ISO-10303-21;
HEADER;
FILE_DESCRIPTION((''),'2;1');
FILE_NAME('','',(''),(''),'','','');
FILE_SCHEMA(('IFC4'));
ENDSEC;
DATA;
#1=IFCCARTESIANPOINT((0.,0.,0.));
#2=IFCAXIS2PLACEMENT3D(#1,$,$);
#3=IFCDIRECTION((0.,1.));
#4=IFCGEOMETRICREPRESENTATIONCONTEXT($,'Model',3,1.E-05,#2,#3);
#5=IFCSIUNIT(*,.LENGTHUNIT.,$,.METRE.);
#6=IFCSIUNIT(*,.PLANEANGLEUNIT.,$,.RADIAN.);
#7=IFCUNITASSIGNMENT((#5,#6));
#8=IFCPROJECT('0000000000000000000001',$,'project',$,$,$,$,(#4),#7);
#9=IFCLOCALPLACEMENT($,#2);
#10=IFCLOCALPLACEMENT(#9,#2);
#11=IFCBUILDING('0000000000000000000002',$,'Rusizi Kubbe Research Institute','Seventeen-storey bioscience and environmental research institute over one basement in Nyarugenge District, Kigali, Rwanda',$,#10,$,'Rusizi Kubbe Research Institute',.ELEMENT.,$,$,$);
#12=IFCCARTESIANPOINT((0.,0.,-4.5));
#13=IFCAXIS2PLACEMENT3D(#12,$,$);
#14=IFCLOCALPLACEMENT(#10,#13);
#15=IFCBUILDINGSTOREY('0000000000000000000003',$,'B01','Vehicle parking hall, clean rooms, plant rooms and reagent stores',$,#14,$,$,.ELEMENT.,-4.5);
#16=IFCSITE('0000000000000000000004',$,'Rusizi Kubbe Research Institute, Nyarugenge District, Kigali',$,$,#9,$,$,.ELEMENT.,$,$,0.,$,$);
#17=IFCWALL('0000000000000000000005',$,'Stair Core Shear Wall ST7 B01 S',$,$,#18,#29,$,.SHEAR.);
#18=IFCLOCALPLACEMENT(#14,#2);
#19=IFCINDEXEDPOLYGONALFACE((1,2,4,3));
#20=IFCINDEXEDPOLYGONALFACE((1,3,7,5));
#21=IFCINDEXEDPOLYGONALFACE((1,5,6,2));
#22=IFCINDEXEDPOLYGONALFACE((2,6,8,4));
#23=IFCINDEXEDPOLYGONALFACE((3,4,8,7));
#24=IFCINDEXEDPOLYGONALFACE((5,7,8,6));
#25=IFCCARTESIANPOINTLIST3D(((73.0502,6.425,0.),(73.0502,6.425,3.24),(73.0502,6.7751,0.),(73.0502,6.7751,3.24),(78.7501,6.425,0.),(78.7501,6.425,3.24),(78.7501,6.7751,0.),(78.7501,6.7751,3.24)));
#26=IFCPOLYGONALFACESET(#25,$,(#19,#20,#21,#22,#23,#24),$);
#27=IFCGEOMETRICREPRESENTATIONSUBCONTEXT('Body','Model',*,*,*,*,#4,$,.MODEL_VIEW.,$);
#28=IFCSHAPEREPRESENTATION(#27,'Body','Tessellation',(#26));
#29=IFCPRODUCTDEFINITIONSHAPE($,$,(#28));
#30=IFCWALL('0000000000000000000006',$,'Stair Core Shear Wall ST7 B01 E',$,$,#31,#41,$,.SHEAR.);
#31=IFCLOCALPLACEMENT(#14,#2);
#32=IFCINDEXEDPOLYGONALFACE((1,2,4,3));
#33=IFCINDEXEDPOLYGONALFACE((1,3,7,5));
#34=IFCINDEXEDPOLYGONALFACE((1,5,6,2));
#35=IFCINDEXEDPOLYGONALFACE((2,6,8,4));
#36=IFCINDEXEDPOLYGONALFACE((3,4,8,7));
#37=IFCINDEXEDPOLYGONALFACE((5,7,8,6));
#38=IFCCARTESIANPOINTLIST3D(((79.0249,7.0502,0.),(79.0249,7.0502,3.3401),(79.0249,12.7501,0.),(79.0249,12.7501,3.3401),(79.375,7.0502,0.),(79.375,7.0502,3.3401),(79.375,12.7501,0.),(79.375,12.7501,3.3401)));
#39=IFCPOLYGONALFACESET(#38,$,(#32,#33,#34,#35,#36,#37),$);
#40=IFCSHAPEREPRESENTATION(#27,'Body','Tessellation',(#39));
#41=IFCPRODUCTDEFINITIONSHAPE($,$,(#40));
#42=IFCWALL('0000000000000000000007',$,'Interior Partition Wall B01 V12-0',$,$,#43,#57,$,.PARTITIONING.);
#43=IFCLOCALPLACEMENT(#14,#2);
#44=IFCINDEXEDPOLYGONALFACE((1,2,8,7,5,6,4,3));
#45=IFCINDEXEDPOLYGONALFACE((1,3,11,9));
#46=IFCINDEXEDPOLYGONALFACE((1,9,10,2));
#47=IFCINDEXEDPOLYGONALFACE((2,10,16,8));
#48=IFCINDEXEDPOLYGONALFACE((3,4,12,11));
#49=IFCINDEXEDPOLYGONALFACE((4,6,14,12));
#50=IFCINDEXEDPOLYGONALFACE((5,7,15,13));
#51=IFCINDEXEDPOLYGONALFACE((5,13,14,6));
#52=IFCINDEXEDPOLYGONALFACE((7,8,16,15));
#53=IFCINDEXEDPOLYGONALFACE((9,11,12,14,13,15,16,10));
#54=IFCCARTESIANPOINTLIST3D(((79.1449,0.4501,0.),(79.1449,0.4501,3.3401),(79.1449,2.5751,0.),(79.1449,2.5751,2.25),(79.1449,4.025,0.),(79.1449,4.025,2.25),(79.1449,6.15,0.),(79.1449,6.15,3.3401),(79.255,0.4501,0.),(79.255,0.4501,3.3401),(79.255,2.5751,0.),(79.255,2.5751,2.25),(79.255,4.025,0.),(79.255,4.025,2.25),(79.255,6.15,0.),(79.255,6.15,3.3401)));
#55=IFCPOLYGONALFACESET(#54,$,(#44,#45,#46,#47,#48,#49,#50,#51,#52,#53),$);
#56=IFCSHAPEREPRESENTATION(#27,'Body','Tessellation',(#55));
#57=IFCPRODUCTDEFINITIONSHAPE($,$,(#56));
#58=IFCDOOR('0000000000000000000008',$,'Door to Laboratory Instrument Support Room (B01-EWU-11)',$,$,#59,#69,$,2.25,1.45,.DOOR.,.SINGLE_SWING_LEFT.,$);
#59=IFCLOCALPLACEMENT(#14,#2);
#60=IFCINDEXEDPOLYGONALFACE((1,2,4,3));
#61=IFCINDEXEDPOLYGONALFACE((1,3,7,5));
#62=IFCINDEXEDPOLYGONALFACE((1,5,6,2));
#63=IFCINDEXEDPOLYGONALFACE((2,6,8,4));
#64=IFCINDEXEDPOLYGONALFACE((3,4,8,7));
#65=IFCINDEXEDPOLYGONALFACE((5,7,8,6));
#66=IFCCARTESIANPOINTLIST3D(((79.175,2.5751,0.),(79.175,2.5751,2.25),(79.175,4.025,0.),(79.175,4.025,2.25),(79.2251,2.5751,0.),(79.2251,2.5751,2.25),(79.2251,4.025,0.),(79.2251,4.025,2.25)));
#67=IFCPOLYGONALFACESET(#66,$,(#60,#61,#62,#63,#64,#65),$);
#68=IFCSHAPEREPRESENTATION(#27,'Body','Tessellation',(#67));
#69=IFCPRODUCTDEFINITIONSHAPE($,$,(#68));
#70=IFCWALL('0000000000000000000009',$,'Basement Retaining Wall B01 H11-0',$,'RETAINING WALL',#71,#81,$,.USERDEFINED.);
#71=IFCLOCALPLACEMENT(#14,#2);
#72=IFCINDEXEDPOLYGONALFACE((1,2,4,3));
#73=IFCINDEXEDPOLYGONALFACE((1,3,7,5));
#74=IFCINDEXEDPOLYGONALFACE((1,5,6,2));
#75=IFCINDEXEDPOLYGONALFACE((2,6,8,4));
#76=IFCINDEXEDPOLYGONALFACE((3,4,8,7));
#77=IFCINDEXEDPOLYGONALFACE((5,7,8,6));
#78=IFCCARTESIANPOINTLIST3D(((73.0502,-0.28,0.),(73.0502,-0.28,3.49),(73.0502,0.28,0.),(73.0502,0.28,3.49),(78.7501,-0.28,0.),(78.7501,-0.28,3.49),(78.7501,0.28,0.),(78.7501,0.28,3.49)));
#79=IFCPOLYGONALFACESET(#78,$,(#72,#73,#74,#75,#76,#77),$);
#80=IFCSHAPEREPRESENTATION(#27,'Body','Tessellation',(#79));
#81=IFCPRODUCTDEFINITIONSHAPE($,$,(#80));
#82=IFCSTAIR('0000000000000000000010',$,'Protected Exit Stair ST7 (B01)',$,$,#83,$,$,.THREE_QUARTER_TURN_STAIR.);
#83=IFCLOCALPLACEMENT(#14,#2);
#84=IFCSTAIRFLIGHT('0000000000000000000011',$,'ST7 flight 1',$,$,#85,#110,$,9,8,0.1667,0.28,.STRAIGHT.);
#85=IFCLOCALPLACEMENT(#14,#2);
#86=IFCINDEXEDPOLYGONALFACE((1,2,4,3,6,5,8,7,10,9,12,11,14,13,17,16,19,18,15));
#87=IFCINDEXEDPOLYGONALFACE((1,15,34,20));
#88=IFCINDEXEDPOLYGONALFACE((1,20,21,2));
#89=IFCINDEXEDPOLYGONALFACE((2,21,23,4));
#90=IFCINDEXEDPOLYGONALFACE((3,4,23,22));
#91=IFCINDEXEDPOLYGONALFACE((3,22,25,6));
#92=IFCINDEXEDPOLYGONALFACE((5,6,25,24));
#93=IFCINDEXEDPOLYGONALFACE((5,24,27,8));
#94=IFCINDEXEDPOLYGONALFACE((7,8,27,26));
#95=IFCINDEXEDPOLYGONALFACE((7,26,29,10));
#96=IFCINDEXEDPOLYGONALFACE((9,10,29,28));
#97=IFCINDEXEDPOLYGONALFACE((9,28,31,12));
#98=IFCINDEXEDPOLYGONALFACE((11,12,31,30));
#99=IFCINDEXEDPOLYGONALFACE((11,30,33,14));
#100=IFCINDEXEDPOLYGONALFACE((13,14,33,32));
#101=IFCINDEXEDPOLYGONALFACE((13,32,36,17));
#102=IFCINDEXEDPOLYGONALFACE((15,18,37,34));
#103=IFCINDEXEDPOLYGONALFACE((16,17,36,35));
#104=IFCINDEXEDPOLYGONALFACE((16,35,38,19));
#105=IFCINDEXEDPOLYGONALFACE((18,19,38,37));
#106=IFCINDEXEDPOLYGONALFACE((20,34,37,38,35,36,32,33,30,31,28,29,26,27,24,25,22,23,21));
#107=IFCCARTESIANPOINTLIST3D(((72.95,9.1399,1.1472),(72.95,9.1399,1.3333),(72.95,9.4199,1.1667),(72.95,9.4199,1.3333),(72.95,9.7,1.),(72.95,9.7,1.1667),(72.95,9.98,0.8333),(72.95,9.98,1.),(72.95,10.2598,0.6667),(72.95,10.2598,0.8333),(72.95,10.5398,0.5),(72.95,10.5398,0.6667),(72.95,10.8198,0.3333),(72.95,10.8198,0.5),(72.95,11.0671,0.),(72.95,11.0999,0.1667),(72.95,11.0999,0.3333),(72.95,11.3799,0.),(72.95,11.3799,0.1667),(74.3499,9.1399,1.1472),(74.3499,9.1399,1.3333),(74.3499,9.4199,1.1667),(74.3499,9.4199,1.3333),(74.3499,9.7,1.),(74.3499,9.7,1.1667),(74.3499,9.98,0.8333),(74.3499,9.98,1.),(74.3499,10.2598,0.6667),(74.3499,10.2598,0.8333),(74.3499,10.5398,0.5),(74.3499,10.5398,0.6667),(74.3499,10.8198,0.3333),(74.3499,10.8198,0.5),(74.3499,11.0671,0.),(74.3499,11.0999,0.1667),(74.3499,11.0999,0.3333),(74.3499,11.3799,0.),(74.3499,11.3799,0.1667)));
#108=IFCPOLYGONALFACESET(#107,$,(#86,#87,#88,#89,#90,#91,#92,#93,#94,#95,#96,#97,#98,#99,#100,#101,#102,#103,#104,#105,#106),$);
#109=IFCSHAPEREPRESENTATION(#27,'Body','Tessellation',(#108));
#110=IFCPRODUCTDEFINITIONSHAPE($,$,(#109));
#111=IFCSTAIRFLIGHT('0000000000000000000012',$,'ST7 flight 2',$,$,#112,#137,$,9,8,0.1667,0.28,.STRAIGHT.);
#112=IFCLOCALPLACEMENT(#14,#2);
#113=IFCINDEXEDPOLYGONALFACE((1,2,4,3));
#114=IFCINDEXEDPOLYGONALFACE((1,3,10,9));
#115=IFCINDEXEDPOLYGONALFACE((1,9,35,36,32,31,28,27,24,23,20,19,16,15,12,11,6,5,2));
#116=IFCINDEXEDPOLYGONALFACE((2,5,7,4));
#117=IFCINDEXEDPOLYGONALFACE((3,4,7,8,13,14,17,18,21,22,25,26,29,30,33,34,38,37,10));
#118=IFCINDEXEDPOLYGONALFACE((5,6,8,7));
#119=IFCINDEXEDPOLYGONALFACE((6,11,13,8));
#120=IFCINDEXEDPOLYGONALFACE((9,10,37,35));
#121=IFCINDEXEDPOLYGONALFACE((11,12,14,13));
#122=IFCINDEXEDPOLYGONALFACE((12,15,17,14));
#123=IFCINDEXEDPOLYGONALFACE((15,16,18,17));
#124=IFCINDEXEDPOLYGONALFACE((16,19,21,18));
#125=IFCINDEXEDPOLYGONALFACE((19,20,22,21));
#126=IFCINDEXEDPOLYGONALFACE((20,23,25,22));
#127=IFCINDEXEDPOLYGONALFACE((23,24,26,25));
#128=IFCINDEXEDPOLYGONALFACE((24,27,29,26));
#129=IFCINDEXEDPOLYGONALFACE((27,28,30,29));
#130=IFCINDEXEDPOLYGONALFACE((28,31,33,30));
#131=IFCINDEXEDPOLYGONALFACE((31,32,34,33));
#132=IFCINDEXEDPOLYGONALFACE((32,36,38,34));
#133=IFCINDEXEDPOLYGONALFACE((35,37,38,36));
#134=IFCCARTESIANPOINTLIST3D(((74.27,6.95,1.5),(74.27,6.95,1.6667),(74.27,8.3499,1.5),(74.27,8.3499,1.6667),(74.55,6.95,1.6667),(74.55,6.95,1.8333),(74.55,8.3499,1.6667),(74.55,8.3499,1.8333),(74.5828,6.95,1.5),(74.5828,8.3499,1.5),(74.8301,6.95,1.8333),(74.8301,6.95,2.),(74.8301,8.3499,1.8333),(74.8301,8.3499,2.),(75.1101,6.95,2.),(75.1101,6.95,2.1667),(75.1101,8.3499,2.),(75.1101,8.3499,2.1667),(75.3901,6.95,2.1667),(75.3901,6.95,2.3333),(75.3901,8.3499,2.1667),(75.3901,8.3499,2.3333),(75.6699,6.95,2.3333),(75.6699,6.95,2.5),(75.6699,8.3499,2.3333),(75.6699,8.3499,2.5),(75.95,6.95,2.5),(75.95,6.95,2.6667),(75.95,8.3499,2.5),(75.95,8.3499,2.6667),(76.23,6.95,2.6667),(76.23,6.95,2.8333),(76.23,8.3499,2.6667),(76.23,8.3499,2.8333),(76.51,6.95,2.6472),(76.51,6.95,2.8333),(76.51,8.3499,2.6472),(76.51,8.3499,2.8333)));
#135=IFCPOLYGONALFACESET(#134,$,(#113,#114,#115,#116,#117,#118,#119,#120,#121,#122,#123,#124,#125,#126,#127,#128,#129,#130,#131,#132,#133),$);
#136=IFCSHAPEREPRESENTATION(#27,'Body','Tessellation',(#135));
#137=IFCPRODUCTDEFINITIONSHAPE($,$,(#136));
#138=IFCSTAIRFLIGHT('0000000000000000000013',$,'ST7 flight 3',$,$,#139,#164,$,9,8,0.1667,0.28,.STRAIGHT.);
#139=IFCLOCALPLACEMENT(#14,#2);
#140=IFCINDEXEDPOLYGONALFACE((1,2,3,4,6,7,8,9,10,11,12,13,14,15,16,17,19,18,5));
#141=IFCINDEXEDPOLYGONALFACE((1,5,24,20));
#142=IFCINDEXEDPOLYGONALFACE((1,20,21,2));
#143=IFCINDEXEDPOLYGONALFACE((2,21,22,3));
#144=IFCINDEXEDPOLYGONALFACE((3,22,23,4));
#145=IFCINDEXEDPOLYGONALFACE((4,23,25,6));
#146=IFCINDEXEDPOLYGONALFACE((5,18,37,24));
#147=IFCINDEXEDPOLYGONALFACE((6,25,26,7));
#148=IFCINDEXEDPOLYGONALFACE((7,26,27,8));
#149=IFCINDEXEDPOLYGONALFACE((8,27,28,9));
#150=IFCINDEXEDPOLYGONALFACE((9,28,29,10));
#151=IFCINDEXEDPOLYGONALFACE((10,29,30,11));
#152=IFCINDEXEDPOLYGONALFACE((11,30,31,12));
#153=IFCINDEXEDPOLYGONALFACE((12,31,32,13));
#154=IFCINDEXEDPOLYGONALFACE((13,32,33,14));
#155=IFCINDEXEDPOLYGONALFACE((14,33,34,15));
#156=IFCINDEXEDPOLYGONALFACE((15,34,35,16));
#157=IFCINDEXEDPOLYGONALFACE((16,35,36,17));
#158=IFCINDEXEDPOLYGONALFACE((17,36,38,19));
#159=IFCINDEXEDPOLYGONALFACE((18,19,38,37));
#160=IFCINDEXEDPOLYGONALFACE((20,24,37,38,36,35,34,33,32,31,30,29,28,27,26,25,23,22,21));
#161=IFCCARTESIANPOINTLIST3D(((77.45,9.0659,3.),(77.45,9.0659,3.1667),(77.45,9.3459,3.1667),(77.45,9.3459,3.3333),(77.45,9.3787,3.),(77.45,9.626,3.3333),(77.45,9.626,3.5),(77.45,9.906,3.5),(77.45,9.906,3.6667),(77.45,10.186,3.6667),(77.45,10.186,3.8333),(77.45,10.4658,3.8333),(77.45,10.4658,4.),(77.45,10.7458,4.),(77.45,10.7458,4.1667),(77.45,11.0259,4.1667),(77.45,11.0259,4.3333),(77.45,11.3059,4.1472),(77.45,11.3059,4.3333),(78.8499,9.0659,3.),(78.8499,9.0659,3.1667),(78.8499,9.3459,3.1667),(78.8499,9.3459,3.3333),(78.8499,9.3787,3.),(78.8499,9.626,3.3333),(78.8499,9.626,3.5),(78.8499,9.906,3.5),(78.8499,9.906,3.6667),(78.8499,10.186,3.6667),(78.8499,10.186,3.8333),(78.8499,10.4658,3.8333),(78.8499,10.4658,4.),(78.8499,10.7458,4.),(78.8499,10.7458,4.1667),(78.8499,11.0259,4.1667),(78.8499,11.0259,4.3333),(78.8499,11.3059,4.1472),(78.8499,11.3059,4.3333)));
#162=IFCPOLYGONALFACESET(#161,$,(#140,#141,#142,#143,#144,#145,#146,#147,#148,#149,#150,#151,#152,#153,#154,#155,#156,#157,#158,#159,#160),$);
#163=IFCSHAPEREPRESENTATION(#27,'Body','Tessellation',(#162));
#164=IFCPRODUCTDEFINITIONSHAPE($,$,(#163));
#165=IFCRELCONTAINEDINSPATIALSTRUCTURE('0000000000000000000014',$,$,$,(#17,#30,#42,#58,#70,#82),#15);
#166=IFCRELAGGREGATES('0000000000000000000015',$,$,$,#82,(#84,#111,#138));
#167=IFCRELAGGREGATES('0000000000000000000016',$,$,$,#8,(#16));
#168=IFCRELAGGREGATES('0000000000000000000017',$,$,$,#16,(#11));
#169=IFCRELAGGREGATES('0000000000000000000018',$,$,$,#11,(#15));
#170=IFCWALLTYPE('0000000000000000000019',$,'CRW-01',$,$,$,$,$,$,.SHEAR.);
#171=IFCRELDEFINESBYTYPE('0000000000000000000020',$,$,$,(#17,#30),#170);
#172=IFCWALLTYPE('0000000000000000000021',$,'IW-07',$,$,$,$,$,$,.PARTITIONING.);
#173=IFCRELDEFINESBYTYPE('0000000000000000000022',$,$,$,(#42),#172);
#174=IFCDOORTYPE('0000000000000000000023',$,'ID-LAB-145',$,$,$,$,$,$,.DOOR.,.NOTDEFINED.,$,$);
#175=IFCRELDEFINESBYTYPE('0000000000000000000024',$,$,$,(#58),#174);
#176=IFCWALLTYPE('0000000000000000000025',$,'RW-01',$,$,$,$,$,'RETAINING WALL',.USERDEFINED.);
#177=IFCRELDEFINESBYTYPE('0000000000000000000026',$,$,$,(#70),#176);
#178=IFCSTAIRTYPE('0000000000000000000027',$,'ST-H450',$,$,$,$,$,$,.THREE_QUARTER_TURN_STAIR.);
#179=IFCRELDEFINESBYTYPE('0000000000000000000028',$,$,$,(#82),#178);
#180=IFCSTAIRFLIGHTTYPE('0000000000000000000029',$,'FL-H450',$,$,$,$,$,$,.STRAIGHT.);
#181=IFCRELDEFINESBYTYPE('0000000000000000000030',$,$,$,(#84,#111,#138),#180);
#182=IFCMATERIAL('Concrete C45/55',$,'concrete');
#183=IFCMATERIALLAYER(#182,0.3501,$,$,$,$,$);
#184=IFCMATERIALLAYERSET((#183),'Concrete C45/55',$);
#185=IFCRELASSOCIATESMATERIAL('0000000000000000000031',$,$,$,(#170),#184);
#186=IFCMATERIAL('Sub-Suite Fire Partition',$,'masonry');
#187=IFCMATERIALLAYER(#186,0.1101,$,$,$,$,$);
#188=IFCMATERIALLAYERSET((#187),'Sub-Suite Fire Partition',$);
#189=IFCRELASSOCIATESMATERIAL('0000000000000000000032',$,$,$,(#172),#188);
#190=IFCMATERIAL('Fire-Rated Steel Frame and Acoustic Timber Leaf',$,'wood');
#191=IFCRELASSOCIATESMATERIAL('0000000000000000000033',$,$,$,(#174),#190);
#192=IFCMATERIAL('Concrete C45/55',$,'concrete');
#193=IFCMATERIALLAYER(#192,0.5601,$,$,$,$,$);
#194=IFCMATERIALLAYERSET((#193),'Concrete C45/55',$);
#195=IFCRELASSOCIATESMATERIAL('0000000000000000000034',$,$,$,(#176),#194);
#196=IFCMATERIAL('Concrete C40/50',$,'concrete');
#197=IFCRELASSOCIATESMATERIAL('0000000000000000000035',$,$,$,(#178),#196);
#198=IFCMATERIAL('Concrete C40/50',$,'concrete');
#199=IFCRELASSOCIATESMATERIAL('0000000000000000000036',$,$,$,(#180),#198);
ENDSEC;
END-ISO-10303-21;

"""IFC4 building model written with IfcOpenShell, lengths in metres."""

from ifc_helpers import new_model, si_unit, direction, frame, frame_2d, origin, place, context, subcontext, project, spatial, polyline, rectangle, outline, extrude, material, layer, layer_set, type_object, element, fill, aggregate, save


model = new_model("IFC4")

# Units and contexts
model_context = context("Model", 3, precision=1e-05, world=origin(), true_north=direction((0.0, 1.0)))
body_context = subcontext(model_context, "Body", "Model", "MODEL_VIEW")
ifc_project = project(units=[si_unit("LENGTHUNIT", "METRE"), si_unit("PLANEANGLEUNIT", "RADIAN")], contexts=[model_context])

# Site, building, storey
site_placement = place(None, origin())
site = spatial("IfcSite", under=ifc_project, at=site_placement, Name="Rusizi Kubbe Research Institute, Nyarugenge District, Kigali", CompositionType="ELEMENT", RefElevation=0.0)
building_placement = place(site_placement, origin())
building = spatial("IfcBuilding", under=site, at=building_placement, Name="Rusizi Kubbe Research Institute", Description="Seventeen-storey bioscience and environmental research institute over one basement in Nyarugenge District, Kigali, Rwanda", LongName="Rusizi Kubbe Research Institute", CompositionType="ELEMENT")
storey_placement = place(building_placement, frame((0.0, 0.0, -4.5)))
storey = spatial("IfcBuildingStorey", under=building, at=storey_placement, Name="B01", Description="Vehicle parking hall, clean rooms, plant rooms and reagent stores", CompositionType="ELEMENT", Elevation=-4.5)

# Wall
ifc_material_1 = material(Name="Concrete C45/55", Category="concrete")
ifc_layer_1 = layer(ifc_material_1, 0.3501)
ifc_layer_set_1 = layer_set([ifc_layer_1], Name="Concrete C45/55")
wall_type_1 = type_object("IfcWallType", Name="CRW-01", PredefinedType="SHEAR", material=ifc_layer_set_1)
wall_1_placement = place(storey_placement, frame((73.05, 6.6001, 0.0), z_axis=(0.0, 0.0, 1.0), x_axis=(1.0, 0.0, 0.0)))
element("IfcWall", 1, at=wall_1_placement, inside=storey, type_object=wall_type_1, Name="Stair Core Shear Wall ST7 B01 S", PredefinedType="SHEAR", context=body_context, shape_type="SweptSolid", body=[
    extrude(rectangle(XDim=5.7, YDim=0.3501, at=frame_2d((2.8501, 0.0))), origin(), (0.0, 0.0, 1.0), 3.24),
])

# Wall
wall_2_placement = place(storey_placement, frame((79.2, 7.05, 0.0), z_axis=(0.0, 0.0, 1.0), x_axis=(0.0, 1.0, 0.0)))
element("IfcWall", 2, at=wall_2_placement, inside=storey, type_object=wall_type_1, Name="Stair Core Shear Wall ST7 B01 E", PredefinedType="SHEAR", context=body_context, shape_type="SweptSolid", body=[
    extrude(rectangle(XDim=5.7, YDim=0.3501, at=frame_2d((2.8501, 0.0))), origin(), (0.0, 0.0, 1.0), 3.3401),
])

# Wall, opening, door
ifc_material_2 = material(Name="Sub-Suite Fire Partition", Category="masonry")
ifc_layer_2 = layer(ifc_material_2, 0.1101)
ifc_layer_set_2 = layer_set([ifc_layer_2], Name="Sub-Suite Fire Partition")
wall_type_2 = type_object("IfcWallType", Name="IW-07", PredefinedType="PARTITIONING", material=ifc_layer_set_2)
wall_3_placement = place(storey_placement, frame((79.2, 0.45, 0.0), z_axis=(0.0, 0.0, 1.0), x_axis=(0.0, 1.0, 0.0)))
wall_3 = element("IfcWall", 3, at=wall_3_placement, inside=storey, type_object=wall_type_2, Name="Interior Partition Wall B01 V12-0", PredefinedType="PARTITIONING", context=body_context, shape_type="SweptSolid", body=[
    extrude(rectangle(XDim=5.7, YDim=0.1101, at=frame_2d((2.8501, 0.0))), origin(), (0.0, 0.0, 1.0), 3.3401),
])
opening_1_placement = place(wall_3_placement, frame((2.125, 0.0, 0.0)))
opening_1 = element("IfcOpeningElement", 4, at=opening_1_placement, cuts=wall_3, PredefinedType="OPENING", context=body_context, shape_type="SweptSolid", body=[
    extrude(rectangle(XDim=1.45, YDim=2.25, at=frame_2d((0.7251, 1.125))), frame((0.0, 0.0649, 0.0), z_axis=(0.0, -1.0, 0.0), x_axis=(1.0, 0.0, 0.0)), (0.0, 0.0, 1.0), 0.1301),
])
ifc_material_3 = material(Name="Fire-Rated Steel Frame and Acoustic Timber Leaf", Category="wood")
door_type_1 = type_object("IfcDoorType", Name="ID-LAB-145", OperationType="NOTDEFINED", PredefinedType="DOOR", material=ifc_material_3)
door_1_placement = place(opening_1_placement, origin())
door_1 = element("IfcDoor", 5, at=door_1_placement, inside=storey, type_object=door_type_1, Name="Door to Laboratory Instrument Support Room (B01-EWU-11)", OperationType="SINGLE_SWING_LEFT", OverallHeight=2.25, OverallWidth=1.45, PredefinedType="DOOR", context=body_context, shape_type="SweptSolid", body=[
    extrude(rectangle(XDim=1.45, YDim=2.25, at=frame_2d((0.7251, 1.125))), frame((0.0, 0.0249, 0.0), z_axis=(0.0, -1.0, 0.0), x_axis=(1.0, 0.0, 0.0)), (0.0, 0.0, 1.0), 0.05),
])
fill(opening_1, door_1)

# Wall
ifc_material_4 = material(Name="Concrete C45/55", Category="concrete")
ifc_layer_3 = layer(ifc_material_4, 0.5601)
ifc_layer_set_3 = layer_set([ifc_layer_3], Name="Concrete C45/55")
wall_type_3 = type_object("IfcWallType", Name="RW-01", ElementType="RETAINING WALL", PredefinedType="USERDEFINED", material=ifc_layer_set_3)
wall_4_placement = place(storey_placement, frame((73.05, 0.0, 0.0), z_axis=(0.0, 0.0, 1.0), x_axis=(1.0, 0.0, 0.0)))
element("IfcWall", 6, at=wall_4_placement, inside=storey, type_object=wall_type_3, Name="Basement Retaining Wall B01 H11-0", ObjectType="RETAINING WALL", PredefinedType="USERDEFINED", context=body_context, shape_type="SweptSolid", body=[
    extrude(rectangle(XDim=5.7, YDim=0.5601, at=frame_2d((2.8501, 0.0))), origin(), (0.0, 0.0, 1.0), 3.49),
])

# Stair, stair flights
ifc_material_5 = material(Name="Concrete C40/50", Category="concrete")
stair_type = type_object("IfcStairType", Name="ST-H450", PredefinedType="THREE_QUARTER_TURN_STAIR", material=ifc_material_5)
stair_placement = place(storey_placement, origin())
stair = element("IfcStair", 7, at=stair_placement, inside=storey, type_object=stair_type, Name="Protected Exit Stair ST7 (B01)", PredefinedType="THREE_QUARTER_TURN_STAIR")
ifc_material_6 = material(Name="Concrete C40/50", Category="concrete")
stair_flight_type = type_object("IfcStairFlightType", Name="FL-H450", PredefinedType="STRAIGHT", material=ifc_material_6)
stair_flight_1_placement = place(storey_placement, frame((73.6499, 11.3799, 0.0), z_axis=(0.0, 0.0, 1.0), x_axis=(0.0, -1.0, 0.0)))
stair_flight_1 = element("IfcStairFlight", 8, at=stair_flight_1_placement, type_object=stair_flight_type, Name="ST7 flight 1", NumberOfRisers=9, NumberOfTreads=8, PredefinedType="STRAIGHT", RiserHeight=0.1667, TreadLength=0.28, context=body_context, shape_type="SweptSolid", body=[
    extrude(outline(polyline([(0.0, 0.0), (0.0, 0.1667), (0.28, 0.1667), (0.28, 0.3333), (0.5601, 0.3333), (0.5601, 0.5), (0.8401, 0.5), (0.8401, 0.6667), (1.1201, 0.6667), (1.1201, 0.8333), (1.3999, 0.8333), (1.3999, 1.0), (1.6799, 1.0), (1.6799, 1.1667), (1.96, 1.1667), (1.96, 1.3333), (2.24, 1.3333), (2.24, 1.5), (2.24, 1.1472), (0.3127, 0.0), (0.0, 0.0)])), frame((0.0, 0.7, 0.0), z_axis=(0.0, -1.0, 0.0), x_axis=(1.0, 0.0, 0.0)), (0.0, 0.0, 1.0), 1.3999),
])
stair_flight_2_placement = place(storey_placement, frame((74.27, 7.6499, 1.5), z_axis=(0.0, 0.0, 1.0), x_axis=(1.0, 0.0, 0.0)))
stair_flight_2 = element("IfcStairFlight", 9, at=stair_flight_2_placement, type_object=stair_flight_type, Name="ST7 flight 2", NumberOfRisers=9, NumberOfTreads=8, PredefinedType="STRAIGHT", RiserHeight=0.1667, TreadLength=0.28, context=body_context, shape_type="SweptSolid", body=[
    extrude(outline(polyline([(0.0, 0.0), (0.0, 0.1667), (0.28, 0.1667), (0.28, 0.3333), (0.5601, 0.3333), (0.5601, 0.5), (0.8401, 0.5), (0.8401, 0.6667), (1.1201, 0.6667), (1.1201, 0.8333), (1.3999, 0.8333), (1.3999, 1.0), (1.6799, 1.0), (1.6799, 1.1667), (1.96, 1.1667), (1.96, 1.3333), (2.24, 1.3333), (2.24, 1.5), (2.24, 1.1472), (0.3127, 0.0), (0.0, 0.0)])), frame((0.0, 0.7, 0.0), z_axis=(0.0, -1.0, 0.0), x_axis=(1.0, 0.0, 0.0)), (0.0, 0.0, 1.0), 1.3999),
])
stair_flight_3_placement = place(storey_placement, frame((78.1499, 9.0659, 3.0), z_axis=(0.0, 0.0, 1.0), x_axis=(0.0, 1.0, 0.0)))
stair_flight_3 = element("IfcStairFlight", 10, at=stair_flight_3_placement, type_object=stair_flight_type, Name="ST7 flight 3", NumberOfRisers=9, NumberOfTreads=8, PredefinedType="STRAIGHT", RiserHeight=0.1667, TreadLength=0.28, context=body_context, shape_type="SweptSolid", body=[
    extrude(outline(polyline([(0.0, 0.0), (0.0, 0.1667), (0.28, 0.1667), (0.28, 0.3333), (0.5601, 0.3333), (0.5601, 0.5), (0.8401, 0.5), (0.8401, 0.6667), (1.1201, 0.6667), (1.1201, 0.8333), (1.3999, 0.8333), (1.3999, 1.0), (1.6799, 1.0), (1.6799, 1.1667), (1.96, 1.1667), (1.96, 1.3333), (2.24, 1.3333), (2.24, 1.5), (2.24, 1.1472), (0.3127, 0.0), (0.0, 0.0)])), frame((0.0, 0.7, 0.0), z_axis=(0.0, -1.0, 0.0), x_axis=(1.0, 0.0, 0.0)), (0.0, 0.0, 1.0), 1.3999),
])
aggregate(stair, [stair_flight_1, stair_flight_2, stair_flight_3])

save(model, "model.ifc")
